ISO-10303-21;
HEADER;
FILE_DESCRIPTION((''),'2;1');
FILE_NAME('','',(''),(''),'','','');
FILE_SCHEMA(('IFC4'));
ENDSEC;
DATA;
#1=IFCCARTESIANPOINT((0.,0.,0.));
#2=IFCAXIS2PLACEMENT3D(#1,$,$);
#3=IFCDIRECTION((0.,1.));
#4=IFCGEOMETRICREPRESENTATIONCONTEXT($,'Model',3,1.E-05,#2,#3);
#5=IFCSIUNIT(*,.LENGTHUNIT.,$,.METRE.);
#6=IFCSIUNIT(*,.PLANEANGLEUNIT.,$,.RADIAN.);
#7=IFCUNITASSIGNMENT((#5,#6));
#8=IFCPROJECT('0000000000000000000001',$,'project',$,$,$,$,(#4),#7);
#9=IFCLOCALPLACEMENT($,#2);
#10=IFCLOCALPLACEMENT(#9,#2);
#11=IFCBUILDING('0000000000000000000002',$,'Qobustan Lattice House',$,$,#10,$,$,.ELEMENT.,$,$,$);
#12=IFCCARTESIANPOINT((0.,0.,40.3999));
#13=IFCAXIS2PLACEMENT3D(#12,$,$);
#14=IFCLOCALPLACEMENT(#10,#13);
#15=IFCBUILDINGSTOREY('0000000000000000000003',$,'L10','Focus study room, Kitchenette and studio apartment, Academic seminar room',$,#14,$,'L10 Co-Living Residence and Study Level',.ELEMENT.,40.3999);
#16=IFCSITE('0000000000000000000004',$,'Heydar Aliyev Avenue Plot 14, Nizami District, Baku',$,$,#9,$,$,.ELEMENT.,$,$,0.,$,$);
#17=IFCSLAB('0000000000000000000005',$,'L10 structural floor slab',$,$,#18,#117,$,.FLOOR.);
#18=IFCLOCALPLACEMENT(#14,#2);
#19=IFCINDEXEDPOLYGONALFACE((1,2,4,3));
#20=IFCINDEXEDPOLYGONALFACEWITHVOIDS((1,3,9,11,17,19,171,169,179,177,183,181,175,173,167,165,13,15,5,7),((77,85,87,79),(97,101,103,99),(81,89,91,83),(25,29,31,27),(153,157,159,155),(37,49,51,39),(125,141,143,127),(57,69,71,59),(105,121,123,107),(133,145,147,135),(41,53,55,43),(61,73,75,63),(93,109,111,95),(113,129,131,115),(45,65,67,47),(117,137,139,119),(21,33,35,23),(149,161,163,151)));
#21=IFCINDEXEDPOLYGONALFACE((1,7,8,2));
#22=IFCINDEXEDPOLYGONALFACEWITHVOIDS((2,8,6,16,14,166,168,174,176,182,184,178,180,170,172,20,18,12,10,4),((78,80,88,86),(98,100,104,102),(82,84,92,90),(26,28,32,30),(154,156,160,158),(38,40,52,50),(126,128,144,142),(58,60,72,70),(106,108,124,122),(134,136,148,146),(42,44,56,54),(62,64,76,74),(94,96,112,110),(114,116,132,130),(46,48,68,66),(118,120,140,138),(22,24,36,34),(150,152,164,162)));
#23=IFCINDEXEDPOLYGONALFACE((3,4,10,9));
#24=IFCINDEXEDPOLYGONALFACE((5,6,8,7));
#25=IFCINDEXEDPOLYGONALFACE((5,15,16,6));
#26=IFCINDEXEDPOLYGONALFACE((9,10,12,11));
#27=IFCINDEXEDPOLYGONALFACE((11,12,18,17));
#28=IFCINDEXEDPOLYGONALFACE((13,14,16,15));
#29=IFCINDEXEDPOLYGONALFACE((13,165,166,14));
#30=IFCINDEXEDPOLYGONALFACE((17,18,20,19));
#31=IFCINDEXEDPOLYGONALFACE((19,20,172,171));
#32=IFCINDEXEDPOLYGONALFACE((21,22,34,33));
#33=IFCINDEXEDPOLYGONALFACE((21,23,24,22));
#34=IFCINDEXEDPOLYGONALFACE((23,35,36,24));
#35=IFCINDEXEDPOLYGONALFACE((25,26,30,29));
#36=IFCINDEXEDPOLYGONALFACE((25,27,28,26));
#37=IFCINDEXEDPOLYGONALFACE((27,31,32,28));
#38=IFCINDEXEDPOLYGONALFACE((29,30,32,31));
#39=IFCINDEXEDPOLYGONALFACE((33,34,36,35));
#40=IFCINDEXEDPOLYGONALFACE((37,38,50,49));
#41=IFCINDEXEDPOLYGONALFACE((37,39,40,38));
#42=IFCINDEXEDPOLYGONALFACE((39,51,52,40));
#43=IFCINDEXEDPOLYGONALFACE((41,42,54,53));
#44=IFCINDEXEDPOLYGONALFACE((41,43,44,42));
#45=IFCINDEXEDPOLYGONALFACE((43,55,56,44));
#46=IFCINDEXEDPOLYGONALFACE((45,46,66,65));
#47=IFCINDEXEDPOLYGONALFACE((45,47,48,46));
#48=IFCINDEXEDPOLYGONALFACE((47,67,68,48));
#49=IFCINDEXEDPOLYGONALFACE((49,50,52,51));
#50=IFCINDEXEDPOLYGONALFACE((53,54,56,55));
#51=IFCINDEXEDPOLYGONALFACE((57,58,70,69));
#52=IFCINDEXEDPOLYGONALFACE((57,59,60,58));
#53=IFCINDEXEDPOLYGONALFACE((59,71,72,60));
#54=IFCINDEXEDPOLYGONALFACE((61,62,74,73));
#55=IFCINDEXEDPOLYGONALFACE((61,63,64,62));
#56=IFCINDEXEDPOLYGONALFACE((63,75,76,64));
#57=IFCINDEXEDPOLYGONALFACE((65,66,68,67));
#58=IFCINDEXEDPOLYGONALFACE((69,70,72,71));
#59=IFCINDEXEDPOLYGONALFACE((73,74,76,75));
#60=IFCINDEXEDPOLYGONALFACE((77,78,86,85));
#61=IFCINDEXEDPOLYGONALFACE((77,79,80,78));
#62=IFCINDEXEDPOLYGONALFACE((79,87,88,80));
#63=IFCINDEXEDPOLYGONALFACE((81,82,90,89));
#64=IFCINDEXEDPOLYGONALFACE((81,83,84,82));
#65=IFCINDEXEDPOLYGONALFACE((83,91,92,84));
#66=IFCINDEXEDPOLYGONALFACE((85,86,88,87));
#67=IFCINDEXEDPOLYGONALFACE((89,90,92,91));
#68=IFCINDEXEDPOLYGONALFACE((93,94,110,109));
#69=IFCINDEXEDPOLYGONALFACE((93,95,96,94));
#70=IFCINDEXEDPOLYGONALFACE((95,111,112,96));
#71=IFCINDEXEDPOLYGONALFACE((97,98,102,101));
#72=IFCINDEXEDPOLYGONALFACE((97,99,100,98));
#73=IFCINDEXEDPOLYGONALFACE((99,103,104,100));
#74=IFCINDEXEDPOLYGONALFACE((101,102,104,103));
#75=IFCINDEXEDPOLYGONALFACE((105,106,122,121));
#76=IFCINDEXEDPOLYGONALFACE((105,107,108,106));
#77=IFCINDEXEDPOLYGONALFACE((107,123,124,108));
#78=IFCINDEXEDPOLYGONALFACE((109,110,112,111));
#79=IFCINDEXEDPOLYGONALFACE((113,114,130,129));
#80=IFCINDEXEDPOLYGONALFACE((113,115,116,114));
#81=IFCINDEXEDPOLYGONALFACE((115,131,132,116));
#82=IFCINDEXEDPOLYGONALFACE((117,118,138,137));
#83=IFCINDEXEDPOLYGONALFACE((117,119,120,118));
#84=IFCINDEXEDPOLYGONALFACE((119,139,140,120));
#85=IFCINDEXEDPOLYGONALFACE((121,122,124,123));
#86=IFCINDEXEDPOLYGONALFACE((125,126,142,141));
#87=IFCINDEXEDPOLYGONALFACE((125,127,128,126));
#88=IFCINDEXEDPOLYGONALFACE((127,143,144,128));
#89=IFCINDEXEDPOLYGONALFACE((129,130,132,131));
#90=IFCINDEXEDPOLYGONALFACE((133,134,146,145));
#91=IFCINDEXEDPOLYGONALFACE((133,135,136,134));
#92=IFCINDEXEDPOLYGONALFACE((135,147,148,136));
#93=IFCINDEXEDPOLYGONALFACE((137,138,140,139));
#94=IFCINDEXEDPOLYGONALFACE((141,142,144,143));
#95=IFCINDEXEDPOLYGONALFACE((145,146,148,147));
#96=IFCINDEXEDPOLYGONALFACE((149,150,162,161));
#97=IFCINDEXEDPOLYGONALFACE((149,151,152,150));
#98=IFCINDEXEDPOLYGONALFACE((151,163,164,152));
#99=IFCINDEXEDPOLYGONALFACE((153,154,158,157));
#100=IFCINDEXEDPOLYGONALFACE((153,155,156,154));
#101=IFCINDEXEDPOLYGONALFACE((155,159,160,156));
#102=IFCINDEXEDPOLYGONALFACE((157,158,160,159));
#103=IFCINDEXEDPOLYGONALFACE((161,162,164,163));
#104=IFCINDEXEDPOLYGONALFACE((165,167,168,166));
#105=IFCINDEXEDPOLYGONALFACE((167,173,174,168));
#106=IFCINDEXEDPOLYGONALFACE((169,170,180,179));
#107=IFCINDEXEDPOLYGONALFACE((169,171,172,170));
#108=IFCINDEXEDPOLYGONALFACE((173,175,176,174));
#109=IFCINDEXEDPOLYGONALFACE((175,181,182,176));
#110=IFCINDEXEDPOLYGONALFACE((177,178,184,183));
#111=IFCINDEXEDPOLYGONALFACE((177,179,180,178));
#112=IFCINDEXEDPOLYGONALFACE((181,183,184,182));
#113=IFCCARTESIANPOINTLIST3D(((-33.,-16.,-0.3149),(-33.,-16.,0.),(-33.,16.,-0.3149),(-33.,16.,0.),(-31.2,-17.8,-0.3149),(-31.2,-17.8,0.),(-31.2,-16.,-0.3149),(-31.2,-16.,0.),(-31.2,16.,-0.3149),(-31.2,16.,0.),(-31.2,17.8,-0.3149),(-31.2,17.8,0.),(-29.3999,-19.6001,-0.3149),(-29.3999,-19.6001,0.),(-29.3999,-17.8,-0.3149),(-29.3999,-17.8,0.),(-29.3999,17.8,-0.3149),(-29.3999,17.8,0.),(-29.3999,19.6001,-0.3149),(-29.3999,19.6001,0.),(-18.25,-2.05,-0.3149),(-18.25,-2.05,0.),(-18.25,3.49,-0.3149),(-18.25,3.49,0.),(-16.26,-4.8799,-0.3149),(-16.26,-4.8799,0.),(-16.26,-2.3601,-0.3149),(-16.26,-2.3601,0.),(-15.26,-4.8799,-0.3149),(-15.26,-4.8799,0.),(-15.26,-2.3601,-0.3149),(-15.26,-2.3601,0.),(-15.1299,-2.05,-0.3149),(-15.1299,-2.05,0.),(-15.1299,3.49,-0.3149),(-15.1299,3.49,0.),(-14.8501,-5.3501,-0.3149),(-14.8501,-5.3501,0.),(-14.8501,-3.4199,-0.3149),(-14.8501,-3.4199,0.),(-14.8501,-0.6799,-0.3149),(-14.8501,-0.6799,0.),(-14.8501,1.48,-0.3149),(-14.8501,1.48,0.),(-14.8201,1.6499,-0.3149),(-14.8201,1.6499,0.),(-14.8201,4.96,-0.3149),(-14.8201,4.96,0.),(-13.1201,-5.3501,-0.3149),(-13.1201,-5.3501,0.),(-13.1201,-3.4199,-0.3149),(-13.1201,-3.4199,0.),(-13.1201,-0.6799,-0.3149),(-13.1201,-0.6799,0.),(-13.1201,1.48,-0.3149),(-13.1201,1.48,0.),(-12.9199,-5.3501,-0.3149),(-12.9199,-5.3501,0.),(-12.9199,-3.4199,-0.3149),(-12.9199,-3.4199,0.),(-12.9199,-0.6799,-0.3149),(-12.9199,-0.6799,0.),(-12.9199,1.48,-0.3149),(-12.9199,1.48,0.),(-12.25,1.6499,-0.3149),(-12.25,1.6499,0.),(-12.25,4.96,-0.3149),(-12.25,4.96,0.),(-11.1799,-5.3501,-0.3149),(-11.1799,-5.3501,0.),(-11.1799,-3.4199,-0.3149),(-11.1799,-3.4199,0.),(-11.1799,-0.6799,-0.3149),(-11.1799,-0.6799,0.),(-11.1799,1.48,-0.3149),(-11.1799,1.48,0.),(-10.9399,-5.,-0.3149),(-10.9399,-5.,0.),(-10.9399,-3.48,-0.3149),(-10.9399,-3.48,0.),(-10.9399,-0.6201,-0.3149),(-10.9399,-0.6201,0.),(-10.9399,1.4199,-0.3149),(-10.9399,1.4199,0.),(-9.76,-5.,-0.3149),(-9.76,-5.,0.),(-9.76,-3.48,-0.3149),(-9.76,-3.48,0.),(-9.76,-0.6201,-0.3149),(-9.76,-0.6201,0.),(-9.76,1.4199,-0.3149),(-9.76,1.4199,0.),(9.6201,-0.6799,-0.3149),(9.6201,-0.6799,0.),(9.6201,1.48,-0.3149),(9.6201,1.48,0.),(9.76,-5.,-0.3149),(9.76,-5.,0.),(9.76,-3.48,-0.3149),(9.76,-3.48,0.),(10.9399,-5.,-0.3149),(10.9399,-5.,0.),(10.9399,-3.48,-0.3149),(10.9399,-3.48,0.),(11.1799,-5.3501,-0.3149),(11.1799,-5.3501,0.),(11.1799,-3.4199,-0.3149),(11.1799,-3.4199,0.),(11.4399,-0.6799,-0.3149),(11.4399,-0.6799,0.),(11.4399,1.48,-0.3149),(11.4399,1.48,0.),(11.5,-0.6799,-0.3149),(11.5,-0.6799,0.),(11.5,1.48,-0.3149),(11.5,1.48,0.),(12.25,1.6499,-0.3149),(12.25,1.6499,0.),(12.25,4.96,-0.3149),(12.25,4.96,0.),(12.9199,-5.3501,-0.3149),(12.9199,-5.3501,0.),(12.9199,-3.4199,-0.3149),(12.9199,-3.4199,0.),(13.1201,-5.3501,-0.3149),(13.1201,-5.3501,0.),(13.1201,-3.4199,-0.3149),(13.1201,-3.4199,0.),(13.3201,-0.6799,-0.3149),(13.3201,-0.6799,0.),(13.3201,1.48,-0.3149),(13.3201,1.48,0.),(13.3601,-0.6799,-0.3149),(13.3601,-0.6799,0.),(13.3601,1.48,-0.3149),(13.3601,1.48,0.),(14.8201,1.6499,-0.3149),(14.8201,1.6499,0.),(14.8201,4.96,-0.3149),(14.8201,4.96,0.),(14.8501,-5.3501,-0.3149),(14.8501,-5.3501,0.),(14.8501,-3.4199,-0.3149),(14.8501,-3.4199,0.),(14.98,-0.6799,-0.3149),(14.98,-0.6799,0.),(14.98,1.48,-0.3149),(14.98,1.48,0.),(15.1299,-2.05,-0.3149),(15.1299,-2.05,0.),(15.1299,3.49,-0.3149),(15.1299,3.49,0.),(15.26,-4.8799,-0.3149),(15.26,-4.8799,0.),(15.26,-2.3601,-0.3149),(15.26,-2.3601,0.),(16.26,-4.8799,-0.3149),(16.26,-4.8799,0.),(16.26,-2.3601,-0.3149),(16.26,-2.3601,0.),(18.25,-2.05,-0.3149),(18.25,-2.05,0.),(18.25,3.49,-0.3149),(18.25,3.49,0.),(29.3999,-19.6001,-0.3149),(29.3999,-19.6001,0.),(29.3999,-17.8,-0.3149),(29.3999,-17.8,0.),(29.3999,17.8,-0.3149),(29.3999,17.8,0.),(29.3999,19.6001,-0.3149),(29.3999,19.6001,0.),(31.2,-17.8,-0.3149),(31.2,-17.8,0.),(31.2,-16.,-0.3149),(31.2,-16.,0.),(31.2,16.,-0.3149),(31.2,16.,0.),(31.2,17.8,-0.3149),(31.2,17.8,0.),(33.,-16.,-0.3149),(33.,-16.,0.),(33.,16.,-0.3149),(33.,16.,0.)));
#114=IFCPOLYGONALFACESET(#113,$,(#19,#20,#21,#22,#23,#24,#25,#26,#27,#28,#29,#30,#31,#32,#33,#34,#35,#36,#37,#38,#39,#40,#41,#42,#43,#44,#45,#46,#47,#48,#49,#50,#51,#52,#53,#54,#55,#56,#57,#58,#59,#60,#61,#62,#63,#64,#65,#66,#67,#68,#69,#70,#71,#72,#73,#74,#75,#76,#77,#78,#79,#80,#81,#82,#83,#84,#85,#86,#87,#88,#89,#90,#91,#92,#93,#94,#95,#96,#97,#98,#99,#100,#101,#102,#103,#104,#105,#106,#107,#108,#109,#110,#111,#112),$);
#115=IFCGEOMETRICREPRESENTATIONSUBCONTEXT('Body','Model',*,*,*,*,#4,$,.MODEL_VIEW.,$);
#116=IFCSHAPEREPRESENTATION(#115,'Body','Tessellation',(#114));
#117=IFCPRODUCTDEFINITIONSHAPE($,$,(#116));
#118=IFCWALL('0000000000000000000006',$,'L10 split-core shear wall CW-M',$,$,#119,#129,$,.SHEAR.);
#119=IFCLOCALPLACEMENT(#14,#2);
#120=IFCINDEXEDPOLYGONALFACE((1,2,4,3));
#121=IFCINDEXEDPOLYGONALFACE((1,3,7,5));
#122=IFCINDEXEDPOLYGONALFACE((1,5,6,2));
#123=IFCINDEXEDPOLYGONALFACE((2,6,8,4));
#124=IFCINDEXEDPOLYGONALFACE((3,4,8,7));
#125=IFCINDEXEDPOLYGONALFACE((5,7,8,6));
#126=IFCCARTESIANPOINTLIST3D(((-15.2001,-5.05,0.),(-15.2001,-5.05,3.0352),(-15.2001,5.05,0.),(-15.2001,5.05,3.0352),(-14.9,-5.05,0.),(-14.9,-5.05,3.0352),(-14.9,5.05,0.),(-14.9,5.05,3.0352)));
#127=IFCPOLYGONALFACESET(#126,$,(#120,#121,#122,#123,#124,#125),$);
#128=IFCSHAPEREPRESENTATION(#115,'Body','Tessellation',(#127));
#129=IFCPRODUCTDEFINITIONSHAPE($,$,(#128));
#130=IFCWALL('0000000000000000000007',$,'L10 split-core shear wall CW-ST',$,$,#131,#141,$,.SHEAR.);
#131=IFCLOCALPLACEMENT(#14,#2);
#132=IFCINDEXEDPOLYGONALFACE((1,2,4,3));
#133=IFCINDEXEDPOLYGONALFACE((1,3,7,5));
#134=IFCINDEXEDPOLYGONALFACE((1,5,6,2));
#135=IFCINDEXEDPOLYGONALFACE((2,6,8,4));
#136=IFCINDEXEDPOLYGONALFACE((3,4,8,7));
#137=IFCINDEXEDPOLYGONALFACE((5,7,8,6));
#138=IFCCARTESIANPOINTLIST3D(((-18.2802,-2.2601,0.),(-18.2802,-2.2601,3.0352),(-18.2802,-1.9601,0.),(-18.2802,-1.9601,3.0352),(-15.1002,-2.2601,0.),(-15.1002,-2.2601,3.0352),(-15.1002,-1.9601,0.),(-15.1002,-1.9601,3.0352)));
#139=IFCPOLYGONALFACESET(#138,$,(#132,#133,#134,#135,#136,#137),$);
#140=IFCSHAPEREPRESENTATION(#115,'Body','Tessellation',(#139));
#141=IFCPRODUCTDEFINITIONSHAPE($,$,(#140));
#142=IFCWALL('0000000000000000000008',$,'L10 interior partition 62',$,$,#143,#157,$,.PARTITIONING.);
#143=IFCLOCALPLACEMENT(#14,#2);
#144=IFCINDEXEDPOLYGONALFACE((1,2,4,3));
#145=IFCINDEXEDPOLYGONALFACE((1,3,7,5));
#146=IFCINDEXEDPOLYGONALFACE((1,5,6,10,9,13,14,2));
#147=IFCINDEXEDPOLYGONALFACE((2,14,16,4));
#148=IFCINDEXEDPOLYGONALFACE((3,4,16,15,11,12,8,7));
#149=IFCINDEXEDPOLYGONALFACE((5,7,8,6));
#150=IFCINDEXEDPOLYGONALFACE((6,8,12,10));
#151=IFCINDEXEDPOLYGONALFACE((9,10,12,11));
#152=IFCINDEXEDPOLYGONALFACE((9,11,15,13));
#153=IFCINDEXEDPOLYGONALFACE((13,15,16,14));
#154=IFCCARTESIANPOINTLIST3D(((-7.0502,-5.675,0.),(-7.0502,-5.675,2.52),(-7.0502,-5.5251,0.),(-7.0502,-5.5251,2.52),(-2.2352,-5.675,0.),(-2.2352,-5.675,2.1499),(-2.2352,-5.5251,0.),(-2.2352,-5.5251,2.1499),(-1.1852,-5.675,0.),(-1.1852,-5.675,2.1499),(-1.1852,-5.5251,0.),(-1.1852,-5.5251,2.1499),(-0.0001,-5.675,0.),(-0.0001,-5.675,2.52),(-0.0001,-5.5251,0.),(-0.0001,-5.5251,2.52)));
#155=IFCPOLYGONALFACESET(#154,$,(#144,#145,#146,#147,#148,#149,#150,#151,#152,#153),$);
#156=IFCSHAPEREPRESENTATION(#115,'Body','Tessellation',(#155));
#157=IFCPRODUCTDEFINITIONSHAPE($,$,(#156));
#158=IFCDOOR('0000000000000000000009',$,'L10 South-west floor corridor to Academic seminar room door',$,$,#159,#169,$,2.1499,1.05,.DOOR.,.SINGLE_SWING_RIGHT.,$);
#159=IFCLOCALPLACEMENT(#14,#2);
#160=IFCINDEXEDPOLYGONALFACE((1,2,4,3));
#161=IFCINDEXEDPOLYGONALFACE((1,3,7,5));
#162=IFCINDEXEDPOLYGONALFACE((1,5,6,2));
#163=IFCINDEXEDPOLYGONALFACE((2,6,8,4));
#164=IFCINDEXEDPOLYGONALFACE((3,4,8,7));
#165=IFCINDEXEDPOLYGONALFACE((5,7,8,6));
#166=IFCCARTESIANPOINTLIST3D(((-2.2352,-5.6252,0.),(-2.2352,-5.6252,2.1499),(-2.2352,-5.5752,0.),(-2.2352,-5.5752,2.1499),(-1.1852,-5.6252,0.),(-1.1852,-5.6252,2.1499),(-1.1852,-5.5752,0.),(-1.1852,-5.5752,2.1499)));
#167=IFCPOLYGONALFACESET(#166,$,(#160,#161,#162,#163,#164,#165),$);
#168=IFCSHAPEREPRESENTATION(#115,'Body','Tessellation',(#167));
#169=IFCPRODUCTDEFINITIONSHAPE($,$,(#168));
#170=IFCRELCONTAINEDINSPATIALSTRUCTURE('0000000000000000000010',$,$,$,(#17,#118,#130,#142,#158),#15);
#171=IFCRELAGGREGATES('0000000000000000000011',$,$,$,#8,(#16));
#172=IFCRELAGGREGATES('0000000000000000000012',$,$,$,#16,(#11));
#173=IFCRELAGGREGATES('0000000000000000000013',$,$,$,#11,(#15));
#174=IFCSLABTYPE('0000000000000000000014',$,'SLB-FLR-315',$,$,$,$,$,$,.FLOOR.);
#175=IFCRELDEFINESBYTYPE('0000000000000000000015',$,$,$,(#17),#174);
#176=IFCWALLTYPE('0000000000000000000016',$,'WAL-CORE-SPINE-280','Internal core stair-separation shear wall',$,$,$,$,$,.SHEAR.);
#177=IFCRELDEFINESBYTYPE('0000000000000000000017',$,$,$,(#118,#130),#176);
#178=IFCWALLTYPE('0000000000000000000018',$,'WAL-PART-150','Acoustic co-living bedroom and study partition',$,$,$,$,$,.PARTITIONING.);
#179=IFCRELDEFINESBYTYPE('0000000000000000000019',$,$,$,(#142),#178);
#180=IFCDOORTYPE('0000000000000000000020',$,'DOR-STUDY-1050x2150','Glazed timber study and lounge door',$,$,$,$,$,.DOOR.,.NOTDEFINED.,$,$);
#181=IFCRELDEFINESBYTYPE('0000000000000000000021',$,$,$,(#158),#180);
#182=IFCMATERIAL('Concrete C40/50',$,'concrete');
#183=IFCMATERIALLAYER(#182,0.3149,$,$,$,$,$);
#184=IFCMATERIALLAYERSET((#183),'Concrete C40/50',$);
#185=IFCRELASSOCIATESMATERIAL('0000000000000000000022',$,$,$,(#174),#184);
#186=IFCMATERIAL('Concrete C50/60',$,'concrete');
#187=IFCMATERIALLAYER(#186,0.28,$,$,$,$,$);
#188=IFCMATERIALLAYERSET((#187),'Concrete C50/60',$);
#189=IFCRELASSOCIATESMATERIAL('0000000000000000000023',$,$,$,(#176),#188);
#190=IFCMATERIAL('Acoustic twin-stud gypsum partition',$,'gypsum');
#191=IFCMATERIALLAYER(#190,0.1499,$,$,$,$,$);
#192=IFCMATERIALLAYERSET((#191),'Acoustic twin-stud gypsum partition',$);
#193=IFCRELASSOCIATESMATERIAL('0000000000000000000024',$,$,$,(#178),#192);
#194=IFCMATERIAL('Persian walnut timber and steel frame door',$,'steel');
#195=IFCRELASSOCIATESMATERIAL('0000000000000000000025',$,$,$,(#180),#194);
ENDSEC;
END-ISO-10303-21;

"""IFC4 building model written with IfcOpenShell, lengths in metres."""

from ifc_helpers import new_model, si_unit, direction, frame, frame_2d, origin, place, context, subcontext, project, spatial, polyline, rectangle, outline, extrude, material, layer, layer_set, type_object, element, fill, save


model = new_model("IFC4")

# Units and contexts
model_context = context("Model", 3, precision=1e-05, world=origin(), true_north=direction((0.0, 1.0)))
body_context = subcontext(model_context, "Body", "Model", "MODEL_VIEW")
ifc_project = project(units=[si_unit("LENGTHUNIT", "METRE"), si_unit("PLANEANGLEUNIT", "RADIAN")], contexts=[model_context])

# Site, building, storey
site_placement = place(None, origin())
site = spatial("IfcSite", under=ifc_project, at=site_placement, Name="Heydar Aliyev Avenue Plot 14, Nizami District, Baku", CompositionType="ELEMENT", RefElevation=0.0)
building_placement = place(site_placement, origin())
building = spatial("IfcBuilding", under=site, at=building_placement, Name="Qobustan Lattice House", CompositionType="ELEMENT")
storey_placement = place(building_placement, frame((0.0, 0.0, 40.3999)))
storey = spatial("IfcBuildingStorey", under=building, at=storey_placement, Name="L10", Description="Focus study room, Kitchenette and studio apartment, Academic seminar room", LongName="L10 Co-Living Residence and Study Level", CompositionType="ELEMENT", Elevation=40.3999)

# Slab
ifc_material_1 = material(Name="Concrete C40/50", Category="concrete")
ifc_layer_1 = layer(ifc_material_1, 0.3149)
ifc_layer_set_1 = layer_set([ifc_layer_1], Name="Concrete C40/50")
slab_type = type_object("IfcSlabType", Name="SLB-FLR-315", PredefinedType="FLOOR", material=ifc_layer_set_1)
slab_placement = place(storey_placement, frame((0.0, 0.0, -0.3149)))
element("IfcSlab", 1, at=slab_placement, inside=storey, type_object=slab_type, Name="L10 structural floor slab", PredefinedType="FLOOR", context=body_context, shape_type="SweptSolid", body=[
    extrude(outline(polyline([(-29.3999, -19.6001), (29.3999, -19.6001), (29.3999, -17.8), (31.2, -17.8), (31.2, -16.0), (33.0, -16.0), (33.0, 16.0), (31.2, 16.0), (31.2, 17.8), (29.3999, 17.8), (29.3999, 19.6001), (-29.3999, 19.6001), (-29.3999, 17.8), (-31.2, 17.8), (-31.2, 16.0), (-33.0, 16.0), (-33.0, -16.0), (-31.2, -16.0), (-31.2, -17.8), (-29.3999, -17.8), (-29.3999, -19.6001)]), holes=[polyline([(-18.25, -2.05), (-18.25, 3.49), (-15.1299, 3.49), (-15.1299, -2.05), (-18.25, -2.05)]), polyline([(15.1299, -2.05), (15.1299, 3.49), (18.25, 3.49), (18.25, -2.05), (15.1299, -2.05)]), polyline([(-14.8201, 1.6499), (-14.8201, 4.96), (-12.25, 4.96), (-12.25, 1.6499), (-14.8201, 1.6499)]), polyline([(12.25, 1.6499), (12.25, 4.96), (14.8201, 4.96), (14.8201, 1.6499), (12.25, 1.6499)]), polyline([(-16.26, -4.8799), (-16.26, -2.3601), (-15.26, -2.3601), (-15.26, -4.8799), (-16.26, -4.8799)]), polyline([(15.26, -4.8799), (15.26, -2.3601), (16.26, -2.3601), (16.26, -4.8799), (15.26, -4.8799)]), polyline([(-14.8501, -5.3501), (-14.8501, -3.4199), (-13.1201, -3.4199), (-13.1201, -5.3501), (-14.8501, -5.3501)]), polyline([(-12.9199, -5.3501), (-12.9199, -3.4199), (-11.1799, -3.4199), (-11.1799, -5.3501), (-12.9199, -5.3501)]), polyline([(-14.8501, -0.6799), (-14.8501, 1.48), (-13.1201, 1.48), (-13.1201, -0.6799), (-14.8501, -0.6799)]), polyline([(-12.9199, -0.6799), (-12.9199, 1.48), (-11.1799, 1.48), (-11.1799, -0.6799), (-12.9199, -0.6799)]), polyline([(-10.9399, -5.0), (-10.9399, -3.48), (-9.76, -3.48), (-9.76, -5.0), (-10.9399, -5.0)]), polyline([(-10.9399, -0.6201), (-10.9399, 1.4199), (-9.76, 1.4199), (-9.76, -0.6201), (-10.9399, -0.6201)]), polyline([(11.1799, -5.3501), (11.1799, -3.4199), (12.9199, -3.4199), (12.9199, -5.3501), (11.1799, -5.3501)]), polyline([(13.1201, -5.3501), (13.1201, -3.4199), (14.8501, -3.4199), (14.8501, -5.3501), (13.1201, -5.3501)]), polyline([(9.76, -5.0), (9.76, -3.48), (10.9399, -3.48), (10.9399, -5.0), (9.76, -5.0)]), polyline([(13.3601, -0.6799), (13.3601, 1.48), (14.98, 1.48), (14.98, -0.6799), (13.3601, -0.6799)]), polyline([(9.6201, -0.6799), (9.6201, 1.48), (11.4399, 1.48), (11.4399, -0.6799), (9.6201, -0.6799)]), polyline([(11.5, -0.6799), (11.5, 1.48), (13.3201, 1.48), (13.3201, -0.6799), (11.5, -0.6799)])]), origin(), (0.0, 0.0, 1.0), 0.3149),
])

# Walls
ifc_material_2 = material(Name="Concrete C50/60", Category="concrete")
ifc_layer_2 = layer(ifc_material_2, 0.28)
ifc_layer_set_2 = layer_set([ifc_layer_2], Name="Concrete C50/60")
wall_type_1 = type_object("IfcWallType", Name="WAL-CORE-SPINE-280", Description="Internal core stair-separation shear wall", PredefinedType="SHEAR", material=ifc_layer_set_2)
wall_1_placement = place(storey_placement, frame((-15.05, -5.05, 0.0), z_axis=(0.0, 0.0, 1.0), x_axis=(0.0, 1.0, 0.0)))
element("IfcWall", 2, at=wall_1_placement, inside=storey, type_object=wall_type_1, Name="L10 split-core shear wall CW-M", PredefinedType="SHEAR", context=body_context, shape_type="SweptSolid", body=[
    extrude(rectangle(XDim=10.1001, YDim=0.3, at=frame_2d((5.05, 0.0))), origin(), (0.0, 0.0, 1.0), 3.0352),
])
wall_2_placement = place(storey_placement, frame((-18.28, -2.1101, 0.0), z_axis=(0.0, 0.0, 1.0), x_axis=(1.0, 0.0, 0.0)))
element("IfcWall", 3, at=wall_2_placement, inside=storey, type_object=wall_type_1, Name="L10 split-core shear wall CW-ST", PredefinedType="SHEAR", context=body_context, shape_type="SweptSolid", body=[
    extrude(rectangle(XDim=3.1799, YDim=0.3, at=frame_2d((1.5898, 0.0))), origin(), (0.0, 0.0, 1.0), 3.0352),
])

# Wall, opening, door
ifc_material_3 = material(Name="Acoustic twin-stud gypsum partition", Category="gypsum")
ifc_layer_3 = layer(ifc_material_3, 0.1499)
ifc_layer_set_3 = layer_set([ifc_layer_3], Name="Acoustic twin-stud gypsum partition")
wall_type_2 = type_object("IfcWallType", Name="WAL-PART-150", Description="Acoustic co-living bedroom and study partition", PredefinedType="PARTITIONING", material=ifc_layer_set_3)
wall_3_placement = place(storey_placement, frame((-7.05, -5.6001, 0.0), z_axis=(0.0, 0.0, 1.0), x_axis=(1.0, 0.0, 0.0)))
wall_3 = element("IfcWall", 4, at=wall_3_placement, inside=storey, type_object=wall_type_2, Name="L10 interior partition 62", PredefinedType="PARTITIONING", context=body_context, shape_type="SweptSolid", body=[
    extrude(rectangle(XDim=7.05, YDim=0.1499, at=frame_2d((3.5249, 0.0))), origin(), (0.0, 0.0, 1.0), 2.52),
])
opening_1_placement = place(wall_3_placement, frame((4.8149, 0.0, 0.0)))
opening_1 = element("IfcOpeningElement", 5, at=opening_1_placement, cuts=wall_3, PredefinedType="OPENING", context=body_context, shape_type="SweptSolid", body=[
    extrude(rectangle(XDim=1.05, YDim=2.1499, at=frame_2d((0.5249, 1.075))), frame((0.0, 0.085, 0.0), z_axis=(0.0, -1.0, 0.0), x_axis=(1.0, 0.0, 0.0)), (0.0, 0.0, 1.0), 0.1699),
])
ifc_material_4 = material(Name="Persian walnut timber and steel frame door", Category="steel")
door_type_1 = type_object("IfcDoorType", Name="DOR-STUDY-1050x2150", Description="Glazed timber study and lounge door", OperationType="NOTDEFINED", PredefinedType="DOOR", material=ifc_material_4)
door_1_placement = place(opening_1_placement, origin())
door_1 = element("IfcDoor", 6, at=door_1_placement, inside=storey, type_object=door_type_1, Name="L10 South-west floor corridor to Academic seminar room door", OperationType="SINGLE_SWING_RIGHT", OverallHeight=2.1499, OverallWidth=1.05, PredefinedType="DOOR", context=body_context, shape_type="SweptSolid", body=[
    extrude(rectangle(XDim=1.05, YDim=2.1499, at=frame_2d((0.5249, 1.075))), frame((0.0, 0.0249, 0.0), z_axis=(0.0, -1.0, 0.0), x_axis=(1.0, 0.0, 0.0)), (0.0, 0.0, 1.0), 0.05),
])
fill(opening_1, door_1)

save(model, "model.ifc")
